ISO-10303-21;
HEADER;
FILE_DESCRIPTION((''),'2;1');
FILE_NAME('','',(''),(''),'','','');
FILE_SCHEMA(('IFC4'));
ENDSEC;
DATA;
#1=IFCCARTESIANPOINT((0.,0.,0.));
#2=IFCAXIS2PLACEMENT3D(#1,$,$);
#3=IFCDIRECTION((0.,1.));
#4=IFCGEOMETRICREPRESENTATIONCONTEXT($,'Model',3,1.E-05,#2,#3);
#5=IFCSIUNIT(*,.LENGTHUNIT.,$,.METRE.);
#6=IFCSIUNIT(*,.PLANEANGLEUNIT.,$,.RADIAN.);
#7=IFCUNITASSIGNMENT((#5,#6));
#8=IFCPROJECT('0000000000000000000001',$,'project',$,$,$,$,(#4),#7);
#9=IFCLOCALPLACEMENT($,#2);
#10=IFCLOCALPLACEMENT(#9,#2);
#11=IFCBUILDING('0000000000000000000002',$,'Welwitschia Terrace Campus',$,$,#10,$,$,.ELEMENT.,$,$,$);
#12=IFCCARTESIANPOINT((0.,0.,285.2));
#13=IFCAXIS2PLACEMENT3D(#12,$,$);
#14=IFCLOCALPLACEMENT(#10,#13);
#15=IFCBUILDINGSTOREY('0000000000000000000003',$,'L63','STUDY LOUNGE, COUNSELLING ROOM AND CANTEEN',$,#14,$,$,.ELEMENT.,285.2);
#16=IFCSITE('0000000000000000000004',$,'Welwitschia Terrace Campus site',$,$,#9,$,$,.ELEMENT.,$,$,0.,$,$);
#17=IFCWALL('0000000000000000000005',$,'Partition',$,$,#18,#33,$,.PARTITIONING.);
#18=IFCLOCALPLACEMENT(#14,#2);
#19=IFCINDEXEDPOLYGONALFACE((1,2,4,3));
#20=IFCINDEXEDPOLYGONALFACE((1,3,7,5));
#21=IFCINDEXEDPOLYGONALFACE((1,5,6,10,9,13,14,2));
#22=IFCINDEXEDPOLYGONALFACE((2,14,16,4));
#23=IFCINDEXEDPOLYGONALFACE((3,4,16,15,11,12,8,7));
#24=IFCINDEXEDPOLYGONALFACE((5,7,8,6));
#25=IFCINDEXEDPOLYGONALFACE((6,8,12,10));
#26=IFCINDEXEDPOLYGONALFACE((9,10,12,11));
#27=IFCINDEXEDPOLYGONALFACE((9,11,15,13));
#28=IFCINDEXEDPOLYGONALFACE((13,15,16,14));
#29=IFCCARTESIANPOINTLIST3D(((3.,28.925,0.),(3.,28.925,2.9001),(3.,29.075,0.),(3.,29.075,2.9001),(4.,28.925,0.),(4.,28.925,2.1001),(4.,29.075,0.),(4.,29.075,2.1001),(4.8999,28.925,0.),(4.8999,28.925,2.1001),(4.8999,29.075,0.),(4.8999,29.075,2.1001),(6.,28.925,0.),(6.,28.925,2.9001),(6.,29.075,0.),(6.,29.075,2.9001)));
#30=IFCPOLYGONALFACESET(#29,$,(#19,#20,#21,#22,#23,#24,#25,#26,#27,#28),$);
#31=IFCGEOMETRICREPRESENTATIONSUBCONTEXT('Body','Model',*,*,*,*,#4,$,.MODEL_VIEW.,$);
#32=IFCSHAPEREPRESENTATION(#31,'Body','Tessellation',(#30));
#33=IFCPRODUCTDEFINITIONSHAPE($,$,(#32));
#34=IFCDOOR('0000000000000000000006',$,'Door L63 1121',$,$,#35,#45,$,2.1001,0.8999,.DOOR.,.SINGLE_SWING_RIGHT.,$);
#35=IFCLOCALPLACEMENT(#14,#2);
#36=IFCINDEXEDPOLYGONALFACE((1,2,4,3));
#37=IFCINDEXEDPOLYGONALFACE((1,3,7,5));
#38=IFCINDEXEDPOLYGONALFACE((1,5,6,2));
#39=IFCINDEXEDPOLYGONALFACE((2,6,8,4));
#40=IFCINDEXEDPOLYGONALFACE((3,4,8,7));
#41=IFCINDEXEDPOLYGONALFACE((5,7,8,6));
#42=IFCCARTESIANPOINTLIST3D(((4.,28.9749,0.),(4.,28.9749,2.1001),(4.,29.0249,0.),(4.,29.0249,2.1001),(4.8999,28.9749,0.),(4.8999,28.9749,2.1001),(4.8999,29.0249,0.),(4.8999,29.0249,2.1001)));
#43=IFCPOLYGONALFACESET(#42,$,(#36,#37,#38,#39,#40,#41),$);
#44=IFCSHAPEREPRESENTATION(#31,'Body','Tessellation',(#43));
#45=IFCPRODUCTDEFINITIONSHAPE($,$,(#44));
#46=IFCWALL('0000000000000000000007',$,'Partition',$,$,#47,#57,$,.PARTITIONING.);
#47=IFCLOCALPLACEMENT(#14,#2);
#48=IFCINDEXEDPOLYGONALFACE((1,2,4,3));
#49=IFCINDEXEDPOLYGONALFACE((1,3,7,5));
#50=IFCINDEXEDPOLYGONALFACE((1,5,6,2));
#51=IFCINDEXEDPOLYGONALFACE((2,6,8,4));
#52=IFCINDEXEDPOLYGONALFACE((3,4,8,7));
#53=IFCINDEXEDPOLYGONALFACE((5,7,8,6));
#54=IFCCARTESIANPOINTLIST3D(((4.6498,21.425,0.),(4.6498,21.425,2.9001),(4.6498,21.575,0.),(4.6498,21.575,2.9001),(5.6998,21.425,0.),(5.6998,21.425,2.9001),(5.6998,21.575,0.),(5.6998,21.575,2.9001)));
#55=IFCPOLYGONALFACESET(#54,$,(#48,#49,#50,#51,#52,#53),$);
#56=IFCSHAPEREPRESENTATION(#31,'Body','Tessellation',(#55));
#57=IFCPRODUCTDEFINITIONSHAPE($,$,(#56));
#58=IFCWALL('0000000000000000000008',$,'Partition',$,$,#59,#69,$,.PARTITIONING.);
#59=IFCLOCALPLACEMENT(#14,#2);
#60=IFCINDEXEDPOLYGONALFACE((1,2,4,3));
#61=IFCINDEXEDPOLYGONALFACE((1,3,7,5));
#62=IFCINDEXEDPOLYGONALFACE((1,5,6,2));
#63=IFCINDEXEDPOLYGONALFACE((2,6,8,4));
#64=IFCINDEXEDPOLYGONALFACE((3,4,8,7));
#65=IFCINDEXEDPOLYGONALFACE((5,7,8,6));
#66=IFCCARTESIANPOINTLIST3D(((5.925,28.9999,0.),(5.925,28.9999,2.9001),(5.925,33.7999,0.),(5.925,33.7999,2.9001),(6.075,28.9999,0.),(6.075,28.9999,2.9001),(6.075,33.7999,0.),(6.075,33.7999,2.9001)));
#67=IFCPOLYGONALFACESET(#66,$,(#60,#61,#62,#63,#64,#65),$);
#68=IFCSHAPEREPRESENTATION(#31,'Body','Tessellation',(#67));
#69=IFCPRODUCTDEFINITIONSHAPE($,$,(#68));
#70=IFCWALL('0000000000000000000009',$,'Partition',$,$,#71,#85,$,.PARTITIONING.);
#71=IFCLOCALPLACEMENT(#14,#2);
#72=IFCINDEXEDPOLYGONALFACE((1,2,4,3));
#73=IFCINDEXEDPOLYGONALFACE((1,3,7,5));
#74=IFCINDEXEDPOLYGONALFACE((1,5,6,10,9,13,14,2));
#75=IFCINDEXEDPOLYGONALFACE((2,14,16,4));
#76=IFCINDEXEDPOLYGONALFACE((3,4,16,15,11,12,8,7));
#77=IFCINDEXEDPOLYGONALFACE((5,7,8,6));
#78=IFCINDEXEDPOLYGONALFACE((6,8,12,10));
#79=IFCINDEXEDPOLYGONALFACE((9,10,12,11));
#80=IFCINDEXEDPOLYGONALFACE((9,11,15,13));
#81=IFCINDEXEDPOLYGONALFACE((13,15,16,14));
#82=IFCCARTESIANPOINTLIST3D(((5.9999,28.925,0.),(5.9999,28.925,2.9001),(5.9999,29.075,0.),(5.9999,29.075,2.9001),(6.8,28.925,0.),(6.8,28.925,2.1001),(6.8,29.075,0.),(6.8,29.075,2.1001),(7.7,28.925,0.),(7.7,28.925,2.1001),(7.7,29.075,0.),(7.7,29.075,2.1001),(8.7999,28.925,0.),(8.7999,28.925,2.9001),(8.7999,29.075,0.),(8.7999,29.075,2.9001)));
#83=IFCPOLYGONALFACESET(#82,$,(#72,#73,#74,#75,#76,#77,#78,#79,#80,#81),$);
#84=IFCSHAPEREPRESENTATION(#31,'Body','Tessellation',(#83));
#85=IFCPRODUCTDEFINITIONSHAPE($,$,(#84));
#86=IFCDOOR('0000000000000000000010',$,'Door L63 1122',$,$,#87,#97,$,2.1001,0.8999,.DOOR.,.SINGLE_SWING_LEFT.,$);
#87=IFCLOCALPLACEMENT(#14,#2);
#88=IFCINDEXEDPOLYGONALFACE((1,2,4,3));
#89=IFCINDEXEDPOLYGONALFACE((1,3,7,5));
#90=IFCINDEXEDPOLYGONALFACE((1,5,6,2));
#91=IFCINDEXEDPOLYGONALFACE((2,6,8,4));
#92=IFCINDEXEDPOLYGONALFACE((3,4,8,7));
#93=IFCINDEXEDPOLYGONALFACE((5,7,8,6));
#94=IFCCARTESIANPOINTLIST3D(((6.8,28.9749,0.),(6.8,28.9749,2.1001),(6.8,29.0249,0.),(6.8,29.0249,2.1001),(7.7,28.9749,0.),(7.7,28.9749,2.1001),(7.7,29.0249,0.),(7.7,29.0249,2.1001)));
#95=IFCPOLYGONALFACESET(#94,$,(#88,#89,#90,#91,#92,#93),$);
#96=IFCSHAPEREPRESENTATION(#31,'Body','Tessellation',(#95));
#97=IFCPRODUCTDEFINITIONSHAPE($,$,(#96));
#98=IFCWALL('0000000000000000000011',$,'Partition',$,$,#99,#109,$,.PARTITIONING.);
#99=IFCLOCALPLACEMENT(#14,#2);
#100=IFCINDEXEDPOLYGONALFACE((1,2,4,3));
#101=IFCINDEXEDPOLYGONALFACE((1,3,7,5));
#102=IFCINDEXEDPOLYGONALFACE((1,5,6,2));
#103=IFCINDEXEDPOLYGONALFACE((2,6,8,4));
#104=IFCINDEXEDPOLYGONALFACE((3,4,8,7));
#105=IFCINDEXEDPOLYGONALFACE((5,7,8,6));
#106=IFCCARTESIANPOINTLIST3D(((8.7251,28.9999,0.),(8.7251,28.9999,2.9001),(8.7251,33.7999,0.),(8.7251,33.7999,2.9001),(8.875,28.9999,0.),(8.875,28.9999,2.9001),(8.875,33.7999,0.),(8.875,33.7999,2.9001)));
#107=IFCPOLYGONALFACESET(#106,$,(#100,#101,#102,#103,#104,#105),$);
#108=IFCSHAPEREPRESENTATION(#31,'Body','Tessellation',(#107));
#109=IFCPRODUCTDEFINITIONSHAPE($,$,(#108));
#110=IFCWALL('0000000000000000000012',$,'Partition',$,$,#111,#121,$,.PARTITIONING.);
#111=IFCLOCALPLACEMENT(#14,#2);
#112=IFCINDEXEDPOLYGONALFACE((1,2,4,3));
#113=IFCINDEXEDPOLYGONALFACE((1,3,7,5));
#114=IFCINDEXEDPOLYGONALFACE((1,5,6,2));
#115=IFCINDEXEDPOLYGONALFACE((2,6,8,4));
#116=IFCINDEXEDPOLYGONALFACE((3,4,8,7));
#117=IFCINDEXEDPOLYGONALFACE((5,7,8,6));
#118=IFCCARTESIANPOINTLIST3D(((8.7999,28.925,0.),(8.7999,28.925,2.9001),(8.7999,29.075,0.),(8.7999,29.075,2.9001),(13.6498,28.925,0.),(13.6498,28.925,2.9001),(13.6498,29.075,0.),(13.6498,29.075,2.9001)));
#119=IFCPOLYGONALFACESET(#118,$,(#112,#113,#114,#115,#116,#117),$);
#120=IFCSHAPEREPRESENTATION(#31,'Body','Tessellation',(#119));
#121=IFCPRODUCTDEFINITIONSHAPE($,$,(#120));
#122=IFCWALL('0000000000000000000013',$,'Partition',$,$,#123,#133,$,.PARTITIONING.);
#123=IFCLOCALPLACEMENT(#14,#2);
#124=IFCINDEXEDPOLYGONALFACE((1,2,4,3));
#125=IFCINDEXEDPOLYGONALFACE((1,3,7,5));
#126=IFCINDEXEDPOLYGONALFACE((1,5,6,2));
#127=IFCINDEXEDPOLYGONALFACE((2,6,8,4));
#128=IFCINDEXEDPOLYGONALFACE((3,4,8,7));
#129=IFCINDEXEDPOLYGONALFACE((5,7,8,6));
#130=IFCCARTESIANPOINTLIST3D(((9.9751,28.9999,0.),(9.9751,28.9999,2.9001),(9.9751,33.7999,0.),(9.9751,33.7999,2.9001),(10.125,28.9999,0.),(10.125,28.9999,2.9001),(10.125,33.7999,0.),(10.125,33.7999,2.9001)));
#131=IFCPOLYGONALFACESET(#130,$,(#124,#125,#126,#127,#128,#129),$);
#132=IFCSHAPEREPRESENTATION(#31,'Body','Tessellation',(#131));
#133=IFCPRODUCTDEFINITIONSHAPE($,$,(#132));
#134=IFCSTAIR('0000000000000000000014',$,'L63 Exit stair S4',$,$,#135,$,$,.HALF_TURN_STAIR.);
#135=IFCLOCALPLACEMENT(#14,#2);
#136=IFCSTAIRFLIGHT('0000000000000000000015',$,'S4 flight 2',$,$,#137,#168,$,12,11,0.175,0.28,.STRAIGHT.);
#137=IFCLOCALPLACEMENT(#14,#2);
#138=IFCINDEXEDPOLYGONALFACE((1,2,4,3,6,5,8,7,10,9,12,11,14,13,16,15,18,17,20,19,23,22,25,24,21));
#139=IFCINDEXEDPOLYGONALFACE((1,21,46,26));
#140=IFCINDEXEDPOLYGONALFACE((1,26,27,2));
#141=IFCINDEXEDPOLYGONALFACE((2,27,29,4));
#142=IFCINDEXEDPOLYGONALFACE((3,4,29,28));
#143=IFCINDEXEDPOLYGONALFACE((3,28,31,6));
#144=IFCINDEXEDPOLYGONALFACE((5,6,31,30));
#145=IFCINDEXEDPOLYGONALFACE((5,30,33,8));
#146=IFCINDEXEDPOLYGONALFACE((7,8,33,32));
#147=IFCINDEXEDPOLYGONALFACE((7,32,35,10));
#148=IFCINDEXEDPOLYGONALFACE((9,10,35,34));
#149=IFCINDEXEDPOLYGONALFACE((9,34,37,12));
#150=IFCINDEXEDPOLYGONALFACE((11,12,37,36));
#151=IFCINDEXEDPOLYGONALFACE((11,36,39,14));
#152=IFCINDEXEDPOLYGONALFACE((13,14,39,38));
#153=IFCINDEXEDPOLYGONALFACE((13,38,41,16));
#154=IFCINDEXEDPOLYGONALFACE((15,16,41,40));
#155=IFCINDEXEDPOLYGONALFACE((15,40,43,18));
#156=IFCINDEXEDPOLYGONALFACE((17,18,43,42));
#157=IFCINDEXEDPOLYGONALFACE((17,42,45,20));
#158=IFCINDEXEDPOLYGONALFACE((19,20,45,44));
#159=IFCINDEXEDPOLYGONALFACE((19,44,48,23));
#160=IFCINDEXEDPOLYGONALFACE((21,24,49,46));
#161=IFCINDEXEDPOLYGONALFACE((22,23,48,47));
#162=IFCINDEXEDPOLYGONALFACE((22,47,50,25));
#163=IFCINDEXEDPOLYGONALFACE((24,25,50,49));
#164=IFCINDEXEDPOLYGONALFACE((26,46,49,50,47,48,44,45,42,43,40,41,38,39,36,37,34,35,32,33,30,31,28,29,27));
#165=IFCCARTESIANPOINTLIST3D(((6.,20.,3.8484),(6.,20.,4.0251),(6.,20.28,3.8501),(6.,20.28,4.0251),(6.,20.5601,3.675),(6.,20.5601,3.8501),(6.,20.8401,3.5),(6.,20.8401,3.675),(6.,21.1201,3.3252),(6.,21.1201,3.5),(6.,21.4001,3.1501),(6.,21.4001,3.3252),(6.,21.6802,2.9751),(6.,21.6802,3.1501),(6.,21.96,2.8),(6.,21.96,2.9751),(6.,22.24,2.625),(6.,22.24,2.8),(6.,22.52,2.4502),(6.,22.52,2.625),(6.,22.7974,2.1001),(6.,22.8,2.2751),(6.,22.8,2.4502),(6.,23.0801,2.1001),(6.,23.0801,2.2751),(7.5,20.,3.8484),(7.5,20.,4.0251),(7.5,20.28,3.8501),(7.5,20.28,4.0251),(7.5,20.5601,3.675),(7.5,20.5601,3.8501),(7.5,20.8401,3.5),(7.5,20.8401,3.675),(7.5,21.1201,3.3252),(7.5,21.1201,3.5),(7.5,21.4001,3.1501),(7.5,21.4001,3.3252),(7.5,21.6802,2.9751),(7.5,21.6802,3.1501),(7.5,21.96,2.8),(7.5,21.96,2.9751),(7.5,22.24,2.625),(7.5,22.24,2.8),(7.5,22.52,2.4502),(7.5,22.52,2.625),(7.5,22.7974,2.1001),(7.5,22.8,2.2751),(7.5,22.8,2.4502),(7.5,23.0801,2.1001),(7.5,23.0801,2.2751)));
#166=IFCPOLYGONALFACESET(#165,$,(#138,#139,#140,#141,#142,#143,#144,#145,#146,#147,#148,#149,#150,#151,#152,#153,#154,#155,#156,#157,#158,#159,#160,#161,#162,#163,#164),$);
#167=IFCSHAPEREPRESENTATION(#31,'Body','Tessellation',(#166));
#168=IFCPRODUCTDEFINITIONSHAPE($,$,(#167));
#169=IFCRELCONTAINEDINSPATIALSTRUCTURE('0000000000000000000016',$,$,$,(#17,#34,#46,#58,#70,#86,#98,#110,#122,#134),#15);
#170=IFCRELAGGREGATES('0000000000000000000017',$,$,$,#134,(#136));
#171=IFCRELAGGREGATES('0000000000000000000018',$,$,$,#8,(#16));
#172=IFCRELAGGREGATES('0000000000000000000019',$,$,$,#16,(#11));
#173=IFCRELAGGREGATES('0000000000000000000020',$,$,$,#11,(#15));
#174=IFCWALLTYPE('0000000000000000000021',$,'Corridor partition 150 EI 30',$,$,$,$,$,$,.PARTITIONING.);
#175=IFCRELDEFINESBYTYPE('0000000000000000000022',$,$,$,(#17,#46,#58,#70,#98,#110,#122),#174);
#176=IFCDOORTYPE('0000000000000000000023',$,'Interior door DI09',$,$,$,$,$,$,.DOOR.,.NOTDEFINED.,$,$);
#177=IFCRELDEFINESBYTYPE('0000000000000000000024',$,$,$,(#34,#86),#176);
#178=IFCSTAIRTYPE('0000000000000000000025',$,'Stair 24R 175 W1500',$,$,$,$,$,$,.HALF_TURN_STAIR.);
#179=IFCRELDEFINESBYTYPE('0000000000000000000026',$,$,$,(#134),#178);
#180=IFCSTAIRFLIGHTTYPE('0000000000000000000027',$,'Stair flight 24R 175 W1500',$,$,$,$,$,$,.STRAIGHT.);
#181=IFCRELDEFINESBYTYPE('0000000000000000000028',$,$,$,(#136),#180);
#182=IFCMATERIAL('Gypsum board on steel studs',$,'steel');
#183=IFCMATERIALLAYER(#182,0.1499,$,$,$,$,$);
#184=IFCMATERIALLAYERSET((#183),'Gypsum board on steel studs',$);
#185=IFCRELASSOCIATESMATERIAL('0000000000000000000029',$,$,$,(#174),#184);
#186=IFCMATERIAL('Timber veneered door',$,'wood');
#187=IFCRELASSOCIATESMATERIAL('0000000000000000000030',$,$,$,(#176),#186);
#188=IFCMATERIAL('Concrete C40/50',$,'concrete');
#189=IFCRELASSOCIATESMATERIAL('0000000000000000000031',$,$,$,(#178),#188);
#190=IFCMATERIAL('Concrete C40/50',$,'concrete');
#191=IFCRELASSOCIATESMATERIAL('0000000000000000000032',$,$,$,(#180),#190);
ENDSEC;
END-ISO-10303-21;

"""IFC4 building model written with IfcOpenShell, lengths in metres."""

from ifc_helpers import new_model, si_unit, direction, frame, frame_2d, origin, place, context, subcontext, project, spatial, polyline, rectangle, outline, extrude, material, layer, layer_set, type_object, element, fill, aggregate, save


model = new_model("IFC4")

# Units and contexts
model_context = context("Model", 3, precision=1e-05, world=origin(), true_north=direction((0.0, 1.0)))
body_context = subcontext(model_context, "Body", "Model", "MODEL_VIEW")
ifc_project = project(units=[si_unit("LENGTHUNIT", "METRE"), si_unit("PLANEANGLEUNIT", "RADIAN")], contexts=[model_context])

# Site, building, storey
site_placement = place(None, origin())
site = spatial("IfcSite", under=ifc_project, at=site_placement, Name="Welwitschia Terrace Campus site", CompositionType="ELEMENT", RefElevation=0.0)
building_placement = place(site_placement, origin())
building = spatial("IfcBuilding", under=site, at=building_placement, Name="Welwitschia Terrace Campus", CompositionType="ELEMENT")
storey_placement = place(building_placement, frame((0.0, 0.0, 285.2)))
storey = spatial("IfcBuildingStorey", under=building, at=storey_placement, Name="L63", Description="STUDY LOUNGE, COUNSELLING ROOM AND CANTEEN", CompositionType="ELEMENT", Elevation=285.2)

# Shared definitions
ifc_material_1 = material(Name="Gypsum board on steel studs", Category="steel")
ifc_layer_1 = layer(ifc_material_1, 0.1499)
ifc_layer_set_1 = layer_set([ifc_layer_1], Name="Gypsum board on steel studs")
wall_type_1 = type_object("IfcWallType", Name="Corridor partition 150 EI 30", PredefinedType="PARTITIONING", material=ifc_layer_set_1)

# Wall, opening, door
wall_1_placement = place(storey_placement, frame((3.0, 29.0, 0.0), z_axis=(0.0, 0.0, 1.0), x_axis=(1.0, 0.0, 0.0)))
wall_1 = element("IfcWall", 1, at=wall_1_placement, inside=storey, type_object=wall_type_1, Name="Partition", PredefinedType="PARTITIONING", context=body_context, shape_type="SweptSolid", body=[
    extrude(rectangle(XDim=3.0, YDim=0.1499, at=frame_2d((1.5, 0.0))), origin(), (0.0, 0.0, 1.0), 2.9001),
])
opening_1_placement = place(wall_1_placement, frame((1.0, 0.0, 0.0)))
opening_1 = element("IfcOpeningElement", 2, at=opening_1_placement, cuts=wall_1, PredefinedType="OPENING", context=body_context, shape_type="SweptSolid", body=[
    extrude(rectangle(XDim=0.8999, YDim=2.1001, at=frame_2d((0.45, 1.05))), frame((0.0, 0.085, 0.0), z_axis=(0.0, -1.0, 0.0), x_axis=(1.0, 0.0, 0.0)), (0.0, 0.0, 1.0), 0.1699),
])
ifc_material_2 = material(Name="Timber veneered door", Category="wood")
door_type = type_object("IfcDoorType", Name="Interior door DI09", OperationType="NOTDEFINED", PredefinedType="DOOR", material=ifc_material_2)
door_1_placement = place(opening_1_placement, origin())
door_1 = element("IfcDoor", 3, at=door_1_placement, inside=storey, type_object=door_type, Name="Door L63 1121", OperationType="SINGLE_SWING_RIGHT", OverallHeight=2.1001, OverallWidth=0.8999, PredefinedType="DOOR", context=body_context, shape_type="SweptSolid", body=[
    extrude(rectangle(XDim=0.8999, YDim=2.1001, at=frame_2d((0.45, 1.05))), frame((0.0, 0.0249, 0.0), z_axis=(0.0, -1.0, 0.0), x_axis=(1.0, 0.0, 0.0)), (0.0, 0.0, 1.0), 0.05),
])
fill(opening_1, door_1)

# Walls
wall_2_placement = place(storey_placement, frame((4.6499, 21.5, 0.0), z_axis=(0.0, 0.0, 1.0), x_axis=(1.0, 0.0, 0.0)))
element("IfcWall", 4, at=wall_2_placement, inside=storey, type_object=wall_type_1, Name="Partition", PredefinedType="PARTITIONING", context=body_context, shape_type="SweptSolid", body=[
    extrude(rectangle(XDim=1.05, YDim=0.1499, at=frame_2d((0.5249, 0.0))), origin(), (0.0, 0.0, 1.0), 2.9001),
])
wall_3_placement = place(storey_placement, frame((6.0, 29.0, 0.0), z_axis=(0.0, 0.0, 1.0), x_axis=(0.0, 1.0, 0.0)))
element("IfcWall", 5, at=wall_3_placement, inside=storey, type_object=wall_type_1, Name="Partition", PredefinedType="PARTITIONING", context=body_context, shape_type="SweptSolid", body=[
    extrude(rectangle(XDim=4.8, YDim=0.1499, at=frame_2d((2.3999, 0.0))), origin(), (0.0, 0.0, 1.0), 2.9001),
])

# Wall, opening, door
wall_4_placement = place(storey_placement, frame((6.0, 29.0, 0.0), z_axis=(0.0, 0.0, 1.0), x_axis=(1.0, 0.0, 0.0)))
wall_4 = element("IfcWall", 6, at=wall_4_placement, inside=storey, type_object=wall_type_1, Name="Partition", PredefinedType="PARTITIONING", context=body_context, shape_type="SweptSolid", body=[
    extrude(rectangle(XDim=2.8, YDim=0.1499, at=frame_2d((1.3999, 0.0))), origin(), (0.0, 0.0, 1.0), 2.9001),
])
opening_2_placement = place(wall_4_placement, frame((0.8, 0.0, 0.0)))
opening_2 = element("IfcOpeningElement", 7, at=opening_2_placement, cuts=wall_4, PredefinedType="OPENING", context=body_context, shape_type="SweptSolid", body=[
    extrude(rectangle(XDim=0.8999, YDim=2.1001, at=frame_2d((0.45, 1.05))), frame((0.0, 0.085, 0.0), z_axis=(0.0, -1.0, 0.0), x_axis=(1.0, 0.0, 0.0)), (0.0, 0.0, 1.0), 0.1699),
])
door_2_placement = place(opening_2_placement, origin())
door_2 = element("IfcDoor", 8, at=door_2_placement, inside=storey, type_object=door_type, Name="Door L63 1122", OperationType="SINGLE_SWING_LEFT", OverallHeight=2.1001, OverallWidth=0.8999, PredefinedType="DOOR", context=body_context, shape_type="SweptSolid", body=[
    extrude(rectangle(XDim=0.8999, YDim=2.1001, at=frame_2d((0.45, 1.05))), frame((0.0, 0.0249, 0.0), z_axis=(0.0, -1.0, 0.0), x_axis=(1.0, 0.0, 0.0)), (0.0, 0.0, 1.0), 0.05),
])
fill(opening_2, door_2)

# Walls
wall_5_placement = place(storey_placement, frame((8.8, 29.0, 0.0), z_axis=(0.0, 0.0, 1.0), x_axis=(0.0, 1.0, 0.0)))
element("IfcWall", 9, at=wall_5_placement, inside=storey, type_object=wall_type_1, Name="Partition", PredefinedType="PARTITIONING", context=body_context, shape_type="SweptSolid", body=[
    extrude(rectangle(XDim=4.8, YDim=0.1499, at=frame_2d((2.3999, 0.0))), origin(), (0.0, 0.0, 1.0), 2.9001),
])
wall_6_placement = place(storey_placement, frame((8.8, 29.0, 0.0), z_axis=(0.0, 0.0, 1.0), x_axis=(1.0, 0.0, 0.0)))
element("IfcWall", 10, at=wall_6_placement, inside=storey, type_object=wall_type_1, Name="Partition", PredefinedType="PARTITIONING", context=body_context, shape_type="SweptSolid", body=[
    extrude(rectangle(XDim=4.8499, YDim=0.1499, at=frame_2d((2.4248, 0.0))), origin(), (0.0, 0.0, 1.0), 2.9001),
])
wall_7_placement = place(storey_placement, frame((10.05, 29.0, 0.0), z_axis=(0.0, 0.0, 1.0), x_axis=(0.0, 1.0, 0.0)))
element("IfcWall", 11, at=wall_7_placement, inside=storey, type_object=wall_type_1, Name="Partition", PredefinedType="PARTITIONING", context=body_context, shape_type="SweptSolid", body=[
    extrude(rectangle(XDim=4.8, YDim=0.1499, at=frame_2d((2.3999, 0.0))), origin(), (0.0, 0.0, 1.0), 2.9001),
])

# Stair, stair flight
ifc_material_3 = material(Name="Concrete C40/50", Category="concrete")
stair_type = type_object("IfcStairType", Name="Stair 24R 175 W1500", PredefinedType="HALF_TURN_STAIR", material=ifc_material_3)
stair_placement = place(storey_placement, origin())
stair = element("IfcStair", 12, at=stair_placement, inside=storey, type_object=stair_type, Name="L63 Exit stair S4", PredefinedType="HALF_TURN_STAIR")
ifc_material_4 = material(Name="Concrete C40/50", Category="concrete")
stair_flight_type = type_object("IfcStairFlightType", Name="Stair flight 24R 175 W1500", PredefinedType="STRAIGHT", material=ifc_material_4)
stair_flight_placement = place(storey_placement, frame((6.75, 23.0801, 2.1001), z_axis=(0.0, 0.0, 1.0), x_axis=(0.0, -1.0, 0.0)))
stair_flight = element("IfcStairFlight", 13, at=stair_flight_placement, type_object=stair_flight_type, Name="S4 flight 2", NumberOfRisers=12, NumberOfTreads=11, PredefinedType="STRAIGHT", RiserHeight=0.175, TreadLength=0.28, context=body_context, shape_type="SweptSolid", body=[
    extrude(outline(polyline([(0.0, 0.0), (0.0, 0.175), (0.28, 0.175), (0.28, 0.3501), (0.5601, 0.3501), (0.5601, 0.5249), (0.8401, 0.5249), (0.8401, 0.7), (1.1201, 0.7), (1.1201, 0.875), (1.3999, 0.875), (1.3999, 1.05), (1.6799, 1.05), (1.6799, 1.2251), (1.96, 1.2251), (1.96, 1.3999), (2.24, 1.3999), (2.24, 1.575), (2.52, 1.575), (2.52, 1.75), (2.8, 1.75), (2.8, 1.925), (3.0801, 1.925), (3.0801, 2.1001), (3.0801, 1.7483), (0.2827, 0.0), (0.0, 0.0)])), frame((0.0, 0.75, 0.0), z_axis=(0.0, -1.0, 0.0), x_axis=(1.0, 0.0, 0.0)), (0.0, 0.0, 1.0), 1.5),
])
aggregate(stair, [stair_flight])

save(model, "model.ifc")
